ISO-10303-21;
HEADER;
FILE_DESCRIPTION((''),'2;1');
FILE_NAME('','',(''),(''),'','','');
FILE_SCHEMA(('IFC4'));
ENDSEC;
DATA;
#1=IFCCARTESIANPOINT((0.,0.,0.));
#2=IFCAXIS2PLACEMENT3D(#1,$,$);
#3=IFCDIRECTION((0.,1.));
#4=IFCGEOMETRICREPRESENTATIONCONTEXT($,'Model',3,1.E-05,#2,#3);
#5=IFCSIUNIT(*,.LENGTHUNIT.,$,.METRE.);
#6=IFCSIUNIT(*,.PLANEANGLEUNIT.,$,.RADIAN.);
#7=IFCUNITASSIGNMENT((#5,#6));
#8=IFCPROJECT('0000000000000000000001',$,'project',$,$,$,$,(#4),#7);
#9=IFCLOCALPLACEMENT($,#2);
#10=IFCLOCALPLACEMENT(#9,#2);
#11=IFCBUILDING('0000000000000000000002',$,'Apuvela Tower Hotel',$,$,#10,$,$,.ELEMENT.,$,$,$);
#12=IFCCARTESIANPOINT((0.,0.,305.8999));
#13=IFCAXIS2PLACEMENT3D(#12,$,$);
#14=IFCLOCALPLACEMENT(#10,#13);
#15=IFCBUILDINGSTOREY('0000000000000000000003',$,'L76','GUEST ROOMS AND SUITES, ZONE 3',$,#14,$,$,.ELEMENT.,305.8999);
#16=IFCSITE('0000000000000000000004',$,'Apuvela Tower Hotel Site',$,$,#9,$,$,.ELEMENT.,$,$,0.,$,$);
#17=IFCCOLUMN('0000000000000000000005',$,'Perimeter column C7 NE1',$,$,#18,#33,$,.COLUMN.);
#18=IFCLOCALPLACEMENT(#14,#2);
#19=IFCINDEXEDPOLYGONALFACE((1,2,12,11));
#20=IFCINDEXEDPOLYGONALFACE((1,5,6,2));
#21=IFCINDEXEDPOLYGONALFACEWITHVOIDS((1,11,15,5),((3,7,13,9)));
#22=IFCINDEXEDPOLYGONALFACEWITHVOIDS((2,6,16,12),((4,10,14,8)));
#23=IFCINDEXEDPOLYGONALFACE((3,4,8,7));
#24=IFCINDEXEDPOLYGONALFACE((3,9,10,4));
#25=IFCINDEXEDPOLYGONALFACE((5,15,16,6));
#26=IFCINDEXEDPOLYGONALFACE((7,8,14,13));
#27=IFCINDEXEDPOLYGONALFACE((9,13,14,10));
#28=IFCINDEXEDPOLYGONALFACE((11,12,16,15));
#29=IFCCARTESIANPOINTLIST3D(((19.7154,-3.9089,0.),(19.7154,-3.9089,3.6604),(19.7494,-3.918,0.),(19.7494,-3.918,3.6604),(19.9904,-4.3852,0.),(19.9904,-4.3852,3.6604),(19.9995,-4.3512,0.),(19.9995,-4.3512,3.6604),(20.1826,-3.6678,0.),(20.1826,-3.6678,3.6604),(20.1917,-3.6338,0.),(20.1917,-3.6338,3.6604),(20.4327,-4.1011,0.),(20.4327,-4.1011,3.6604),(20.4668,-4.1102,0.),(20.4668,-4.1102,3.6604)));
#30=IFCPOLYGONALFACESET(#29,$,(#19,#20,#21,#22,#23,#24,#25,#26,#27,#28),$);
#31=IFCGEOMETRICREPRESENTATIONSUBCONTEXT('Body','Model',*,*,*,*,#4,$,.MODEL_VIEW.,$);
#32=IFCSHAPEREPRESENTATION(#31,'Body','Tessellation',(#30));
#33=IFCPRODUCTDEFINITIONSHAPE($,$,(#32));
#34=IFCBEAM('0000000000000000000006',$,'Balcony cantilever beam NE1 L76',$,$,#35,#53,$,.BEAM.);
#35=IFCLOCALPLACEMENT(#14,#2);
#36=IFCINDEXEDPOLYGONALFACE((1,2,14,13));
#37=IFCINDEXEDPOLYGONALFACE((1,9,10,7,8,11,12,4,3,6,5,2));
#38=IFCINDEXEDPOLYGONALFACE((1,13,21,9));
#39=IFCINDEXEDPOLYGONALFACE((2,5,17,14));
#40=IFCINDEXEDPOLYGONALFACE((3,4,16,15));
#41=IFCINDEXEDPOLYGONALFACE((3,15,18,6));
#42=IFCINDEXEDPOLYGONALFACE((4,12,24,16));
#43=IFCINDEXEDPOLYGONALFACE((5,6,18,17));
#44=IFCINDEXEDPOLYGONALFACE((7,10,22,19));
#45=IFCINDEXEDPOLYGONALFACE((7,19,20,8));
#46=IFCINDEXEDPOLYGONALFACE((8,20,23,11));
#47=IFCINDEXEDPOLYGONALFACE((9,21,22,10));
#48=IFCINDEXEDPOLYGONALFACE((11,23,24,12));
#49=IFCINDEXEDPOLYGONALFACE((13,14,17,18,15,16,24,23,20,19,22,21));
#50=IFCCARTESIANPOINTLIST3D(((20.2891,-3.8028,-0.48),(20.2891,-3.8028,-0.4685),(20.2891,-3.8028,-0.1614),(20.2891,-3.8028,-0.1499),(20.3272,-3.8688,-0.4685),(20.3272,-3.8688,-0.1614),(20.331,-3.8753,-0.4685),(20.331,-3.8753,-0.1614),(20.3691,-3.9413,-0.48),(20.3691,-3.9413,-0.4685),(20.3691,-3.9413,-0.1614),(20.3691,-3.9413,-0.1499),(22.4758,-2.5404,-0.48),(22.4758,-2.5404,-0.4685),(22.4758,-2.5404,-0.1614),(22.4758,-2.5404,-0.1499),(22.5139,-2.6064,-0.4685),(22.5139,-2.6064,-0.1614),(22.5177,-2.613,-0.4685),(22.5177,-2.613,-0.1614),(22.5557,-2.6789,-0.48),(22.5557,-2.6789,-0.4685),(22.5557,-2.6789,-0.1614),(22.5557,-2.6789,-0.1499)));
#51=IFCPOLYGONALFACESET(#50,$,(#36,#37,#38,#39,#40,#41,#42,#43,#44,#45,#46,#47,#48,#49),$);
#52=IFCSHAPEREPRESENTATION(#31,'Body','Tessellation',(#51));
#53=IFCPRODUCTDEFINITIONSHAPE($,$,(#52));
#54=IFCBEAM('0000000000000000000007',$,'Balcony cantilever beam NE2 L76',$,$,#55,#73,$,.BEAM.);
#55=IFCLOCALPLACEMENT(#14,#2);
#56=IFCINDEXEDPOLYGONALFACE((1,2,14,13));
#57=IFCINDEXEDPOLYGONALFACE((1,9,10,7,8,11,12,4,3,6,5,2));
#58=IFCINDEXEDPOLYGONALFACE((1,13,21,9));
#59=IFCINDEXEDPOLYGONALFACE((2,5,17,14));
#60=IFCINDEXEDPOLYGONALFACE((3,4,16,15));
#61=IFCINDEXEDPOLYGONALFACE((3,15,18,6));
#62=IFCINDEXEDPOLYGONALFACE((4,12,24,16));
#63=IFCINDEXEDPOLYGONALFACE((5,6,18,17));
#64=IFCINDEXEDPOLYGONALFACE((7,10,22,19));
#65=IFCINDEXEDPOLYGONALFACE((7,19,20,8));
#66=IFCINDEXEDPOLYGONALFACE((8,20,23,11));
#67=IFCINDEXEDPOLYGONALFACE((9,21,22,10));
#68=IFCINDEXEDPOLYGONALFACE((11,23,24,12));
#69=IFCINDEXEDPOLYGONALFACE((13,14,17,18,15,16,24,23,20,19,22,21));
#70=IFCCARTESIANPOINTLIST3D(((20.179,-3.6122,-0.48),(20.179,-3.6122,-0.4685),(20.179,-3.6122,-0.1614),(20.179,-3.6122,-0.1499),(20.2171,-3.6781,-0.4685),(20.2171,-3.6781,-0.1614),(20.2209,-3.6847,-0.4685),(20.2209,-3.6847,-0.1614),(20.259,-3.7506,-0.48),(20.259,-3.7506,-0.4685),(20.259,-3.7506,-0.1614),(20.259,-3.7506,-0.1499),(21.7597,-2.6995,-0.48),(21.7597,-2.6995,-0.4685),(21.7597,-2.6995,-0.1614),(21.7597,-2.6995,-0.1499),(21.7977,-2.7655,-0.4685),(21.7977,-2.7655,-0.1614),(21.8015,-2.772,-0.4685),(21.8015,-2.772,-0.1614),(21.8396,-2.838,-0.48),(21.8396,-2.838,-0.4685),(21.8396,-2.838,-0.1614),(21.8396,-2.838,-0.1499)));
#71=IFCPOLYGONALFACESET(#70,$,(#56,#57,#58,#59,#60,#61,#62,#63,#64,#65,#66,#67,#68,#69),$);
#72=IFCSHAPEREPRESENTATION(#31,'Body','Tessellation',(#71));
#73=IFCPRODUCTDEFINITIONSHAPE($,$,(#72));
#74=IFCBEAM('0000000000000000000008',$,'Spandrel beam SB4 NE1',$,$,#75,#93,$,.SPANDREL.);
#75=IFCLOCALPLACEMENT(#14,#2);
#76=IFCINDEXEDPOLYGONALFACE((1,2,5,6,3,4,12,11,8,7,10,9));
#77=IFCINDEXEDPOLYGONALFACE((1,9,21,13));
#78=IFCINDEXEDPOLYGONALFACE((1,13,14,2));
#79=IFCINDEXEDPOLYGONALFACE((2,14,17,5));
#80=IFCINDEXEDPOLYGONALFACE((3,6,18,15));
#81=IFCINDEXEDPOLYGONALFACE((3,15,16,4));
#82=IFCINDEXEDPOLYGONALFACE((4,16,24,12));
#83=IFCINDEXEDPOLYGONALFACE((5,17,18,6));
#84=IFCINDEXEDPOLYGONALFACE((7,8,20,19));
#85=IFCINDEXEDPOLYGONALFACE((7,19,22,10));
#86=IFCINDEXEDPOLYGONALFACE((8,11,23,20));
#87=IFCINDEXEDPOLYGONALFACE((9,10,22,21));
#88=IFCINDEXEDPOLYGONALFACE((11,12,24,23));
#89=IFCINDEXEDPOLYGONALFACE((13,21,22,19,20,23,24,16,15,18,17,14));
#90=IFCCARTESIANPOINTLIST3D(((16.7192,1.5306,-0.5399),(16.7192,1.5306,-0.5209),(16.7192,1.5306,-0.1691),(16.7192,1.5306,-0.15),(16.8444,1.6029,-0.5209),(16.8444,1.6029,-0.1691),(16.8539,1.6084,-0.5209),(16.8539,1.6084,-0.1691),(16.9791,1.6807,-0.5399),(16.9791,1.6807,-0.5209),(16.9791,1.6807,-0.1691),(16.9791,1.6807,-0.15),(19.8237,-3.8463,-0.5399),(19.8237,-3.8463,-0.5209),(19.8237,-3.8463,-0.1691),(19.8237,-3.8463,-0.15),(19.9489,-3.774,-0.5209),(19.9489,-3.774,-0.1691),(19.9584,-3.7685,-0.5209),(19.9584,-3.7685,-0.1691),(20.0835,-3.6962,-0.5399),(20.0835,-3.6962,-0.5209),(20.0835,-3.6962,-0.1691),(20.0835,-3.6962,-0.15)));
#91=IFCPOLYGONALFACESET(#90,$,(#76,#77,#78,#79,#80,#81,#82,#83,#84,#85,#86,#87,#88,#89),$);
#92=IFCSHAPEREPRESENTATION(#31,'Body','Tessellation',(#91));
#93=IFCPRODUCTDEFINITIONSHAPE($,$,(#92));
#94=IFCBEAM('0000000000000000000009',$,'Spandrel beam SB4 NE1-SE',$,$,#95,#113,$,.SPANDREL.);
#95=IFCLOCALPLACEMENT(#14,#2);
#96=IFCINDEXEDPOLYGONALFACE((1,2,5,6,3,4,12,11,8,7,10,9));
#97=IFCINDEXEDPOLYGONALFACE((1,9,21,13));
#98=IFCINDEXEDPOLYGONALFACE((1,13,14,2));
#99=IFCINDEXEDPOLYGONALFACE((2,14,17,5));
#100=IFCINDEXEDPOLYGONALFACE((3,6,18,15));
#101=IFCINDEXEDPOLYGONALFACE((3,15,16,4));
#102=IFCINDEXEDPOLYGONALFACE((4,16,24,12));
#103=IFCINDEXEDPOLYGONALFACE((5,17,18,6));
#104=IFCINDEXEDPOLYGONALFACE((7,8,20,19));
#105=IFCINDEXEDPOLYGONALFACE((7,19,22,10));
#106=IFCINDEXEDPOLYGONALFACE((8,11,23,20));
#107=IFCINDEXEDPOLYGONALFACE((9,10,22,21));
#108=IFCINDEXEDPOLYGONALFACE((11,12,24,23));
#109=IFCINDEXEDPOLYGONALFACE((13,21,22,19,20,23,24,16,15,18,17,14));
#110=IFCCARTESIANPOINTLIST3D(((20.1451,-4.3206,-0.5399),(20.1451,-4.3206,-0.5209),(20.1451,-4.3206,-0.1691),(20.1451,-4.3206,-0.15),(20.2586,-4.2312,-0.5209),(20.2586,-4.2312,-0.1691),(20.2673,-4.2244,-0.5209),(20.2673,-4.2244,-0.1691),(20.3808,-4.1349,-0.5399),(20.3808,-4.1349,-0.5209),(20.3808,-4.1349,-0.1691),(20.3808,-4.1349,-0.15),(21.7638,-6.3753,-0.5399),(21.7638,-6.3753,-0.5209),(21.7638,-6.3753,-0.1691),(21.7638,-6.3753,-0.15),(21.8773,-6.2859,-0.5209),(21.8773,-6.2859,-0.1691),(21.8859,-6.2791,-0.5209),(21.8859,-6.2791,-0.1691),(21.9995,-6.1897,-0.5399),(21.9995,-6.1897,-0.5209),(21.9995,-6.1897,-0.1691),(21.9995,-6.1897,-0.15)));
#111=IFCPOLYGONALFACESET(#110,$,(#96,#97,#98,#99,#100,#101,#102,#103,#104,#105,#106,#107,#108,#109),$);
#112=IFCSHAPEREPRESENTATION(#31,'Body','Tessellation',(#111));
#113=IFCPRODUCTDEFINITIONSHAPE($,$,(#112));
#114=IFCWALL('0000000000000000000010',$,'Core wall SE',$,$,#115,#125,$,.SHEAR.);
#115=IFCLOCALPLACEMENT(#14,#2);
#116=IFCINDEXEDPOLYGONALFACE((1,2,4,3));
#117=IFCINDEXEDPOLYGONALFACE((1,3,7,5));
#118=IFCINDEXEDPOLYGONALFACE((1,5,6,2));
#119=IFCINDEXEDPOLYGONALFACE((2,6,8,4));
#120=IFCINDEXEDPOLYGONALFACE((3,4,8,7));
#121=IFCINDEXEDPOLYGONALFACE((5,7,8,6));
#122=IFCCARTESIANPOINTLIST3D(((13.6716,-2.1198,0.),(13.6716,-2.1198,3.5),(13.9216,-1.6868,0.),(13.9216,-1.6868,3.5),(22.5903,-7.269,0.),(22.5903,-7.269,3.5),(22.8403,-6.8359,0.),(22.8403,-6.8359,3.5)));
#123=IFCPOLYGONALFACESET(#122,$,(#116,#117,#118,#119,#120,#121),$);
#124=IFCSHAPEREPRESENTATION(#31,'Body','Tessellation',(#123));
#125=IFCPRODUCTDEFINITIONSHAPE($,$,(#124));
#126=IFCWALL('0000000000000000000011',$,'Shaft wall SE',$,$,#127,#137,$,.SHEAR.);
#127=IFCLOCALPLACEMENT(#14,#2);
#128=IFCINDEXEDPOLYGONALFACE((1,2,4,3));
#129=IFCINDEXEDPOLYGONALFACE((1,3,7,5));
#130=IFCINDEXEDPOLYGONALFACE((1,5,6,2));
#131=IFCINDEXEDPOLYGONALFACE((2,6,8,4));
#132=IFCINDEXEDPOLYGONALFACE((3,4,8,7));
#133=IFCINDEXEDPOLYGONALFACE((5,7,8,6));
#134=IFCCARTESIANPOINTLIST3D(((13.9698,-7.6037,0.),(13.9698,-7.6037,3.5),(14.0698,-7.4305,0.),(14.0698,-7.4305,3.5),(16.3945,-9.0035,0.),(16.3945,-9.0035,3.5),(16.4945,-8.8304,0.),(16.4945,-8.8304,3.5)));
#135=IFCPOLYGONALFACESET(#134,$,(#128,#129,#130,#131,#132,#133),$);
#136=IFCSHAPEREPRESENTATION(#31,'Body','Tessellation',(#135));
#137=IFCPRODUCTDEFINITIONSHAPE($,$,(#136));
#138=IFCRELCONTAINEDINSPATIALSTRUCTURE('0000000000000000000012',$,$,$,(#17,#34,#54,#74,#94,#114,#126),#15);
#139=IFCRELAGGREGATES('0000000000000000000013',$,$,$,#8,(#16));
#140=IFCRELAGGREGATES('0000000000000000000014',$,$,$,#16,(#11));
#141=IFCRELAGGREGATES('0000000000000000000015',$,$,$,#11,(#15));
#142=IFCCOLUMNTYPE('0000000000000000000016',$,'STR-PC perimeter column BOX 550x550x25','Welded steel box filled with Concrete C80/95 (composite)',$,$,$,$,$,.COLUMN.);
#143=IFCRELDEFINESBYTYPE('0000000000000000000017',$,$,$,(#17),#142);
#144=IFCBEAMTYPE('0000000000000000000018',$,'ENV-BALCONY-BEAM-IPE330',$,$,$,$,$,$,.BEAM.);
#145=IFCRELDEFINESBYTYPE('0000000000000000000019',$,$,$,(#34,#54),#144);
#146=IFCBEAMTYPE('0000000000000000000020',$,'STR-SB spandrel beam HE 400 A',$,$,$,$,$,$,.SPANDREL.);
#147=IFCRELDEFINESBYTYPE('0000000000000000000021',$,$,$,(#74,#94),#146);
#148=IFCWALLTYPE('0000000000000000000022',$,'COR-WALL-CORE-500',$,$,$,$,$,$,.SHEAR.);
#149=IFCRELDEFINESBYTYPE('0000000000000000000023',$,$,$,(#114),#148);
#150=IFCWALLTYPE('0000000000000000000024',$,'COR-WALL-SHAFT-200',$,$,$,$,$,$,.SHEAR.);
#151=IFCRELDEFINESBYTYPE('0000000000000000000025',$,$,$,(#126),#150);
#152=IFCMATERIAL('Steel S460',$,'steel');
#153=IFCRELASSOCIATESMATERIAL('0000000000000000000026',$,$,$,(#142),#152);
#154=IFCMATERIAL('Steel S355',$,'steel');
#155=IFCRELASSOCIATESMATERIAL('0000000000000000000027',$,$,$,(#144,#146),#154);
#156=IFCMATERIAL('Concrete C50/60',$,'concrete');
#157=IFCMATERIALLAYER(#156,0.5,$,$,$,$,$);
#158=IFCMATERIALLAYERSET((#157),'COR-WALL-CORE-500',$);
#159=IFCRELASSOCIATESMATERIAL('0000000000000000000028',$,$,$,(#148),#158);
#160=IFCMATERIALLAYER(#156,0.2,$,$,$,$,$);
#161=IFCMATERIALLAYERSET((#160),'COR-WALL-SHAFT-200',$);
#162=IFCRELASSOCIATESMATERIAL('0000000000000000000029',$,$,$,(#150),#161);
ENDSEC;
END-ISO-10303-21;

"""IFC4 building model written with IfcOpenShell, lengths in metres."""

from ifc_helpers import new_model, si_unit, direction, frame, frame_2d, origin, origin_2d, place, context, subcontext, project, spatial, rectangle, hollow_rectangle, i_section, extrude, boolean, halfspace, material, layer, layer_set, material_profile, profile_set, type_object, element, save


model = new_model("IFC4")

# Units and contexts
model_context = context("Model", 3, precision=1e-05, world=origin(), true_north=direction((0.0, 1.0)))
body_context = subcontext(model_context, "Body", "Model", "MODEL_VIEW")
ifc_project = project(units=[si_unit("LENGTHUNIT", "METRE"), si_unit("PLANEANGLEUNIT", "RADIAN")], contexts=[model_context])

# Site, building, storey
site_placement = place(None, origin())
site = spatial("IfcSite", under=ifc_project, at=site_placement, Name="Apuvela Tower Hotel Site", CompositionType="ELEMENT", RefElevation=0.0)
building_placement = place(site_placement, origin())
building = spatial("IfcBuilding", under=site, at=building_placement, Name="Apuvela Tower Hotel", CompositionType="ELEMENT")
storey_placement = place(building_placement, frame((0.0, 0.0, 305.8999)))
storey = spatial("IfcBuildingStorey", under=building, at=storey_placement, Name="L76", Description="GUEST ROOMS AND SUITES, ZONE 3", CompositionType="ELEMENT", Elevation=305.8999)

# Column
ifc_material_1 = material(Name="Steel S460", Category="steel")
ifc_material_profile_1 = material_profile(ifc_material_1, hollow_rectangle(XDim=0.55, YDim=0.55, WallThickness=0.0249, at=origin_2d()), Name="BOX 550x550x25")
ifc_material_2 = material(Name="Concrete C80/95", Category="concrete")
ifc_material_profile_2 = material_profile(ifc_material_2, rectangle(XDim=0.5, YDim=0.5, at=origin_2d()), Name="Concrete C80/95 infill")
ifc_profile_set_1 = profile_set([ifc_material_profile_1, ifc_material_profile_2], Name="Steel S460")
column_type = type_object("IfcColumnType", Name="STR-PC perimeter column BOX 550x550x25", Description="Welded steel box filled with Concrete C80/95 (composite)", PredefinedType="COLUMN", material=ifc_profile_set_1)
column_placement = place(storey_placement, frame((20.0911, -4.0095, 0.0), z_axis=(0.0, 0.0, 1.0), x_axis=(-0.5, 0.866025, 0.0)))
element("IfcColumn", 1, at=column_placement, inside=storey, type_object=column_type, Name="Perimeter column C7 NE1", PredefinedType="COLUMN", context=body_context, shape_type="SweptSolid", body=[
    boolean("DIFFERENCE", extrude(hollow_rectangle(XDim=0.55, YDim=0.55, WallThickness=0.0249, at=origin_2d()), origin(), (0.0, 0.0, 1.0), 3.7002), halfspace(frame((0.0, 0.0, 3.6604), z_axis=(0.0, 0.0, 1.0), x_axis=(1.0, 0.0, 0.0)), False)),
])

# Beams
ifc_material_3 = material(Name="Steel S355", Category="steel")
ifc_material_profile_3 = material_profile(ifc_material_3, i_section(OverallWidth=0.1599, OverallDepth=0.3301, WebThickness=0.0076, FlangeThickness=0.0115, at=origin_2d()), Name="IPE 330")
ifc_profile_set_2 = profile_set([ifc_material_profile_3], Name="Steel S355")
beam_type_1 = type_object("IfcBeamType", Name="ENV-BALCONY-BEAM-IPE330", PredefinedType="BEAM", material=ifc_profile_set_2)
beam_1_placement = place(storey_placement, frame((20.3291, -3.8721, -0.3149), z_axis=(0.866039, 0.499976, 0.0), x_axis=(-0.499976, 0.866039, 0.0)))
element("IfcBeam", 2, at=beam_1_placement, inside=storey, type_object=beam_type_1, Name="Balcony cantilever beam NE1 L76", PredefinedType="BEAM", context=body_context, shape_type="SweptSolid", body=[
    extrude(i_section(OverallWidth=0.1599, OverallDepth=0.3301, WebThickness=0.0076, FlangeThickness=0.0115, at=origin_2d()), origin(), (0.0, 0.0, 1.0), 2.5249),
])
beam_2_placement = place(storey_placement, frame((20.219, -3.6814, -0.3149), z_axis=(0.866012, 0.500024, 0.0), x_axis=(-0.500024, 0.866012, 0.0)))
element("IfcBeam", 3, at=beam_2_placement, inside=storey, type_object=beam_type_1, Name="Balcony cantilever beam NE2 L76", PredefinedType="BEAM", context=body_context, shape_type="SweptSolid", body=[
    extrude(i_section(OverallWidth=0.1599, OverallDepth=0.3301, WebThickness=0.0076, FlangeThickness=0.0115, at=origin_2d()), origin(), (0.0, 0.0, 1.0), 1.8252),
])
ifc_material_profile_4 = material_profile(ifc_material_3, i_section(OverallWidth=0.3, OverallDepth=0.3899, WebThickness=0.011, FlangeThickness=0.019, at=origin_2d()), Name="HE 400 A")
ifc_profile_set_3 = profile_set([ifc_material_profile_4], Name="Steel S355")
beam_type_2 = type_object("IfcBeamType", Name="STR-SB spandrel beam HE 400 A", PredefinedType="SPANDREL", material=ifc_profile_set_3)
beam_3_placement = place(storey_placement, frame((19.9536, -3.7712, -0.345), z_axis=(-0.500013, 0.866018, 0.0), x_axis=(-0.866018, -0.500013, 0.0)))
element("IfcBeam", 4, at=beam_3_placement, inside=storey, type_object=beam_type_2, Name="Spandrel beam SB4 NE1", PredefinedType="SPANDREL", context=body_context, shape_type="SweptSolid", body=[
    extrude(i_section(OverallWidth=0.3, OverallDepth=0.3899, WebThickness=0.011, FlangeThickness=0.019, at=origin_2d()), origin(), (0.0, 0.0, 1.0), 6.2087),
])
beam_4_placement = place(storey_placement, frame((20.2629, -4.2278, -0.345), z_axis=(0.618827, -0.785527, 0.0), x_axis=(0.785527, 0.618827, 0.0)))
element("IfcBeam", 5, at=beam_4_placement, inside=storey, type_object=beam_type_2, Name="Spandrel beam SB4 NE1-SE", PredefinedType="SPANDREL", context=body_context, shape_type="SweptSolid", body=[
    extrude(i_section(OverallWidth=0.3, OverallDepth=0.3899, WebThickness=0.011, FlangeThickness=0.019, at=origin_2d()), origin(), (0.0, 0.0, 1.0), 2.6157),
])

# Walls
ifc_material_4 = material(Name="Concrete C50/60", Category="concrete")
ifc_layer_1 = layer(ifc_material_4, 0.5)
ifc_layer_set_1 = layer_set([ifc_layer_1], Name="COR-WALL-CORE-500")
wall_type_1 = type_object("IfcWallType", Name="COR-WALL-CORE-500", PredefinedType="SHEAR", material=ifc_layer_set_1)
wall_1_placement = place(storey_placement, frame((13.7966, -1.9033, 0.0), z_axis=(0.0, 0.0, 1.0), x_axis=(0.866027, -0.499997, 0.0)))
element("IfcWall", 6, at=wall_1_placement, inside=storey, type_object=wall_type_1, Name="Core wall SE", PredefinedType="SHEAR", context=body_context, shape_type="SweptSolid", body=[
    extrude(rectangle(XDim=10.2983, YDim=0.5, at=frame_2d((5.1492, 0.0))), origin(), (0.0, 0.0, 1.0), 3.5),
])
ifc_layer_2 = layer(ifc_material_4, 0.2)
ifc_layer_set_2 = layer_set([ifc_layer_2], Name="COR-WALL-SHAFT-200")
wall_type_2 = type_object("IfcWallType", Name="COR-WALL-SHAFT-200", PredefinedType="SHEAR", material=ifc_layer_set_2)
wall_2_placement = place(storey_placement, frame((14.0198, -7.5171, 0.0), z_axis=(0.0, 0.0, 1.0), x_axis=(0.866035, -0.499984, 0.0)))
element("IfcWall", 7, at=wall_2_placement, inside=storey, type_object=wall_type_2, Name="Shaft wall SE", PredefinedType="SHEAR", context=body_context, shape_type="SweptSolid", body=[
    extrude(rectangle(XDim=2.7998, YDim=0.2, at=frame_2d((1.3999, 0.0))), origin(), (0.0, 0.0, 1.0), 3.5),
])

save(model, "model.ifc")
